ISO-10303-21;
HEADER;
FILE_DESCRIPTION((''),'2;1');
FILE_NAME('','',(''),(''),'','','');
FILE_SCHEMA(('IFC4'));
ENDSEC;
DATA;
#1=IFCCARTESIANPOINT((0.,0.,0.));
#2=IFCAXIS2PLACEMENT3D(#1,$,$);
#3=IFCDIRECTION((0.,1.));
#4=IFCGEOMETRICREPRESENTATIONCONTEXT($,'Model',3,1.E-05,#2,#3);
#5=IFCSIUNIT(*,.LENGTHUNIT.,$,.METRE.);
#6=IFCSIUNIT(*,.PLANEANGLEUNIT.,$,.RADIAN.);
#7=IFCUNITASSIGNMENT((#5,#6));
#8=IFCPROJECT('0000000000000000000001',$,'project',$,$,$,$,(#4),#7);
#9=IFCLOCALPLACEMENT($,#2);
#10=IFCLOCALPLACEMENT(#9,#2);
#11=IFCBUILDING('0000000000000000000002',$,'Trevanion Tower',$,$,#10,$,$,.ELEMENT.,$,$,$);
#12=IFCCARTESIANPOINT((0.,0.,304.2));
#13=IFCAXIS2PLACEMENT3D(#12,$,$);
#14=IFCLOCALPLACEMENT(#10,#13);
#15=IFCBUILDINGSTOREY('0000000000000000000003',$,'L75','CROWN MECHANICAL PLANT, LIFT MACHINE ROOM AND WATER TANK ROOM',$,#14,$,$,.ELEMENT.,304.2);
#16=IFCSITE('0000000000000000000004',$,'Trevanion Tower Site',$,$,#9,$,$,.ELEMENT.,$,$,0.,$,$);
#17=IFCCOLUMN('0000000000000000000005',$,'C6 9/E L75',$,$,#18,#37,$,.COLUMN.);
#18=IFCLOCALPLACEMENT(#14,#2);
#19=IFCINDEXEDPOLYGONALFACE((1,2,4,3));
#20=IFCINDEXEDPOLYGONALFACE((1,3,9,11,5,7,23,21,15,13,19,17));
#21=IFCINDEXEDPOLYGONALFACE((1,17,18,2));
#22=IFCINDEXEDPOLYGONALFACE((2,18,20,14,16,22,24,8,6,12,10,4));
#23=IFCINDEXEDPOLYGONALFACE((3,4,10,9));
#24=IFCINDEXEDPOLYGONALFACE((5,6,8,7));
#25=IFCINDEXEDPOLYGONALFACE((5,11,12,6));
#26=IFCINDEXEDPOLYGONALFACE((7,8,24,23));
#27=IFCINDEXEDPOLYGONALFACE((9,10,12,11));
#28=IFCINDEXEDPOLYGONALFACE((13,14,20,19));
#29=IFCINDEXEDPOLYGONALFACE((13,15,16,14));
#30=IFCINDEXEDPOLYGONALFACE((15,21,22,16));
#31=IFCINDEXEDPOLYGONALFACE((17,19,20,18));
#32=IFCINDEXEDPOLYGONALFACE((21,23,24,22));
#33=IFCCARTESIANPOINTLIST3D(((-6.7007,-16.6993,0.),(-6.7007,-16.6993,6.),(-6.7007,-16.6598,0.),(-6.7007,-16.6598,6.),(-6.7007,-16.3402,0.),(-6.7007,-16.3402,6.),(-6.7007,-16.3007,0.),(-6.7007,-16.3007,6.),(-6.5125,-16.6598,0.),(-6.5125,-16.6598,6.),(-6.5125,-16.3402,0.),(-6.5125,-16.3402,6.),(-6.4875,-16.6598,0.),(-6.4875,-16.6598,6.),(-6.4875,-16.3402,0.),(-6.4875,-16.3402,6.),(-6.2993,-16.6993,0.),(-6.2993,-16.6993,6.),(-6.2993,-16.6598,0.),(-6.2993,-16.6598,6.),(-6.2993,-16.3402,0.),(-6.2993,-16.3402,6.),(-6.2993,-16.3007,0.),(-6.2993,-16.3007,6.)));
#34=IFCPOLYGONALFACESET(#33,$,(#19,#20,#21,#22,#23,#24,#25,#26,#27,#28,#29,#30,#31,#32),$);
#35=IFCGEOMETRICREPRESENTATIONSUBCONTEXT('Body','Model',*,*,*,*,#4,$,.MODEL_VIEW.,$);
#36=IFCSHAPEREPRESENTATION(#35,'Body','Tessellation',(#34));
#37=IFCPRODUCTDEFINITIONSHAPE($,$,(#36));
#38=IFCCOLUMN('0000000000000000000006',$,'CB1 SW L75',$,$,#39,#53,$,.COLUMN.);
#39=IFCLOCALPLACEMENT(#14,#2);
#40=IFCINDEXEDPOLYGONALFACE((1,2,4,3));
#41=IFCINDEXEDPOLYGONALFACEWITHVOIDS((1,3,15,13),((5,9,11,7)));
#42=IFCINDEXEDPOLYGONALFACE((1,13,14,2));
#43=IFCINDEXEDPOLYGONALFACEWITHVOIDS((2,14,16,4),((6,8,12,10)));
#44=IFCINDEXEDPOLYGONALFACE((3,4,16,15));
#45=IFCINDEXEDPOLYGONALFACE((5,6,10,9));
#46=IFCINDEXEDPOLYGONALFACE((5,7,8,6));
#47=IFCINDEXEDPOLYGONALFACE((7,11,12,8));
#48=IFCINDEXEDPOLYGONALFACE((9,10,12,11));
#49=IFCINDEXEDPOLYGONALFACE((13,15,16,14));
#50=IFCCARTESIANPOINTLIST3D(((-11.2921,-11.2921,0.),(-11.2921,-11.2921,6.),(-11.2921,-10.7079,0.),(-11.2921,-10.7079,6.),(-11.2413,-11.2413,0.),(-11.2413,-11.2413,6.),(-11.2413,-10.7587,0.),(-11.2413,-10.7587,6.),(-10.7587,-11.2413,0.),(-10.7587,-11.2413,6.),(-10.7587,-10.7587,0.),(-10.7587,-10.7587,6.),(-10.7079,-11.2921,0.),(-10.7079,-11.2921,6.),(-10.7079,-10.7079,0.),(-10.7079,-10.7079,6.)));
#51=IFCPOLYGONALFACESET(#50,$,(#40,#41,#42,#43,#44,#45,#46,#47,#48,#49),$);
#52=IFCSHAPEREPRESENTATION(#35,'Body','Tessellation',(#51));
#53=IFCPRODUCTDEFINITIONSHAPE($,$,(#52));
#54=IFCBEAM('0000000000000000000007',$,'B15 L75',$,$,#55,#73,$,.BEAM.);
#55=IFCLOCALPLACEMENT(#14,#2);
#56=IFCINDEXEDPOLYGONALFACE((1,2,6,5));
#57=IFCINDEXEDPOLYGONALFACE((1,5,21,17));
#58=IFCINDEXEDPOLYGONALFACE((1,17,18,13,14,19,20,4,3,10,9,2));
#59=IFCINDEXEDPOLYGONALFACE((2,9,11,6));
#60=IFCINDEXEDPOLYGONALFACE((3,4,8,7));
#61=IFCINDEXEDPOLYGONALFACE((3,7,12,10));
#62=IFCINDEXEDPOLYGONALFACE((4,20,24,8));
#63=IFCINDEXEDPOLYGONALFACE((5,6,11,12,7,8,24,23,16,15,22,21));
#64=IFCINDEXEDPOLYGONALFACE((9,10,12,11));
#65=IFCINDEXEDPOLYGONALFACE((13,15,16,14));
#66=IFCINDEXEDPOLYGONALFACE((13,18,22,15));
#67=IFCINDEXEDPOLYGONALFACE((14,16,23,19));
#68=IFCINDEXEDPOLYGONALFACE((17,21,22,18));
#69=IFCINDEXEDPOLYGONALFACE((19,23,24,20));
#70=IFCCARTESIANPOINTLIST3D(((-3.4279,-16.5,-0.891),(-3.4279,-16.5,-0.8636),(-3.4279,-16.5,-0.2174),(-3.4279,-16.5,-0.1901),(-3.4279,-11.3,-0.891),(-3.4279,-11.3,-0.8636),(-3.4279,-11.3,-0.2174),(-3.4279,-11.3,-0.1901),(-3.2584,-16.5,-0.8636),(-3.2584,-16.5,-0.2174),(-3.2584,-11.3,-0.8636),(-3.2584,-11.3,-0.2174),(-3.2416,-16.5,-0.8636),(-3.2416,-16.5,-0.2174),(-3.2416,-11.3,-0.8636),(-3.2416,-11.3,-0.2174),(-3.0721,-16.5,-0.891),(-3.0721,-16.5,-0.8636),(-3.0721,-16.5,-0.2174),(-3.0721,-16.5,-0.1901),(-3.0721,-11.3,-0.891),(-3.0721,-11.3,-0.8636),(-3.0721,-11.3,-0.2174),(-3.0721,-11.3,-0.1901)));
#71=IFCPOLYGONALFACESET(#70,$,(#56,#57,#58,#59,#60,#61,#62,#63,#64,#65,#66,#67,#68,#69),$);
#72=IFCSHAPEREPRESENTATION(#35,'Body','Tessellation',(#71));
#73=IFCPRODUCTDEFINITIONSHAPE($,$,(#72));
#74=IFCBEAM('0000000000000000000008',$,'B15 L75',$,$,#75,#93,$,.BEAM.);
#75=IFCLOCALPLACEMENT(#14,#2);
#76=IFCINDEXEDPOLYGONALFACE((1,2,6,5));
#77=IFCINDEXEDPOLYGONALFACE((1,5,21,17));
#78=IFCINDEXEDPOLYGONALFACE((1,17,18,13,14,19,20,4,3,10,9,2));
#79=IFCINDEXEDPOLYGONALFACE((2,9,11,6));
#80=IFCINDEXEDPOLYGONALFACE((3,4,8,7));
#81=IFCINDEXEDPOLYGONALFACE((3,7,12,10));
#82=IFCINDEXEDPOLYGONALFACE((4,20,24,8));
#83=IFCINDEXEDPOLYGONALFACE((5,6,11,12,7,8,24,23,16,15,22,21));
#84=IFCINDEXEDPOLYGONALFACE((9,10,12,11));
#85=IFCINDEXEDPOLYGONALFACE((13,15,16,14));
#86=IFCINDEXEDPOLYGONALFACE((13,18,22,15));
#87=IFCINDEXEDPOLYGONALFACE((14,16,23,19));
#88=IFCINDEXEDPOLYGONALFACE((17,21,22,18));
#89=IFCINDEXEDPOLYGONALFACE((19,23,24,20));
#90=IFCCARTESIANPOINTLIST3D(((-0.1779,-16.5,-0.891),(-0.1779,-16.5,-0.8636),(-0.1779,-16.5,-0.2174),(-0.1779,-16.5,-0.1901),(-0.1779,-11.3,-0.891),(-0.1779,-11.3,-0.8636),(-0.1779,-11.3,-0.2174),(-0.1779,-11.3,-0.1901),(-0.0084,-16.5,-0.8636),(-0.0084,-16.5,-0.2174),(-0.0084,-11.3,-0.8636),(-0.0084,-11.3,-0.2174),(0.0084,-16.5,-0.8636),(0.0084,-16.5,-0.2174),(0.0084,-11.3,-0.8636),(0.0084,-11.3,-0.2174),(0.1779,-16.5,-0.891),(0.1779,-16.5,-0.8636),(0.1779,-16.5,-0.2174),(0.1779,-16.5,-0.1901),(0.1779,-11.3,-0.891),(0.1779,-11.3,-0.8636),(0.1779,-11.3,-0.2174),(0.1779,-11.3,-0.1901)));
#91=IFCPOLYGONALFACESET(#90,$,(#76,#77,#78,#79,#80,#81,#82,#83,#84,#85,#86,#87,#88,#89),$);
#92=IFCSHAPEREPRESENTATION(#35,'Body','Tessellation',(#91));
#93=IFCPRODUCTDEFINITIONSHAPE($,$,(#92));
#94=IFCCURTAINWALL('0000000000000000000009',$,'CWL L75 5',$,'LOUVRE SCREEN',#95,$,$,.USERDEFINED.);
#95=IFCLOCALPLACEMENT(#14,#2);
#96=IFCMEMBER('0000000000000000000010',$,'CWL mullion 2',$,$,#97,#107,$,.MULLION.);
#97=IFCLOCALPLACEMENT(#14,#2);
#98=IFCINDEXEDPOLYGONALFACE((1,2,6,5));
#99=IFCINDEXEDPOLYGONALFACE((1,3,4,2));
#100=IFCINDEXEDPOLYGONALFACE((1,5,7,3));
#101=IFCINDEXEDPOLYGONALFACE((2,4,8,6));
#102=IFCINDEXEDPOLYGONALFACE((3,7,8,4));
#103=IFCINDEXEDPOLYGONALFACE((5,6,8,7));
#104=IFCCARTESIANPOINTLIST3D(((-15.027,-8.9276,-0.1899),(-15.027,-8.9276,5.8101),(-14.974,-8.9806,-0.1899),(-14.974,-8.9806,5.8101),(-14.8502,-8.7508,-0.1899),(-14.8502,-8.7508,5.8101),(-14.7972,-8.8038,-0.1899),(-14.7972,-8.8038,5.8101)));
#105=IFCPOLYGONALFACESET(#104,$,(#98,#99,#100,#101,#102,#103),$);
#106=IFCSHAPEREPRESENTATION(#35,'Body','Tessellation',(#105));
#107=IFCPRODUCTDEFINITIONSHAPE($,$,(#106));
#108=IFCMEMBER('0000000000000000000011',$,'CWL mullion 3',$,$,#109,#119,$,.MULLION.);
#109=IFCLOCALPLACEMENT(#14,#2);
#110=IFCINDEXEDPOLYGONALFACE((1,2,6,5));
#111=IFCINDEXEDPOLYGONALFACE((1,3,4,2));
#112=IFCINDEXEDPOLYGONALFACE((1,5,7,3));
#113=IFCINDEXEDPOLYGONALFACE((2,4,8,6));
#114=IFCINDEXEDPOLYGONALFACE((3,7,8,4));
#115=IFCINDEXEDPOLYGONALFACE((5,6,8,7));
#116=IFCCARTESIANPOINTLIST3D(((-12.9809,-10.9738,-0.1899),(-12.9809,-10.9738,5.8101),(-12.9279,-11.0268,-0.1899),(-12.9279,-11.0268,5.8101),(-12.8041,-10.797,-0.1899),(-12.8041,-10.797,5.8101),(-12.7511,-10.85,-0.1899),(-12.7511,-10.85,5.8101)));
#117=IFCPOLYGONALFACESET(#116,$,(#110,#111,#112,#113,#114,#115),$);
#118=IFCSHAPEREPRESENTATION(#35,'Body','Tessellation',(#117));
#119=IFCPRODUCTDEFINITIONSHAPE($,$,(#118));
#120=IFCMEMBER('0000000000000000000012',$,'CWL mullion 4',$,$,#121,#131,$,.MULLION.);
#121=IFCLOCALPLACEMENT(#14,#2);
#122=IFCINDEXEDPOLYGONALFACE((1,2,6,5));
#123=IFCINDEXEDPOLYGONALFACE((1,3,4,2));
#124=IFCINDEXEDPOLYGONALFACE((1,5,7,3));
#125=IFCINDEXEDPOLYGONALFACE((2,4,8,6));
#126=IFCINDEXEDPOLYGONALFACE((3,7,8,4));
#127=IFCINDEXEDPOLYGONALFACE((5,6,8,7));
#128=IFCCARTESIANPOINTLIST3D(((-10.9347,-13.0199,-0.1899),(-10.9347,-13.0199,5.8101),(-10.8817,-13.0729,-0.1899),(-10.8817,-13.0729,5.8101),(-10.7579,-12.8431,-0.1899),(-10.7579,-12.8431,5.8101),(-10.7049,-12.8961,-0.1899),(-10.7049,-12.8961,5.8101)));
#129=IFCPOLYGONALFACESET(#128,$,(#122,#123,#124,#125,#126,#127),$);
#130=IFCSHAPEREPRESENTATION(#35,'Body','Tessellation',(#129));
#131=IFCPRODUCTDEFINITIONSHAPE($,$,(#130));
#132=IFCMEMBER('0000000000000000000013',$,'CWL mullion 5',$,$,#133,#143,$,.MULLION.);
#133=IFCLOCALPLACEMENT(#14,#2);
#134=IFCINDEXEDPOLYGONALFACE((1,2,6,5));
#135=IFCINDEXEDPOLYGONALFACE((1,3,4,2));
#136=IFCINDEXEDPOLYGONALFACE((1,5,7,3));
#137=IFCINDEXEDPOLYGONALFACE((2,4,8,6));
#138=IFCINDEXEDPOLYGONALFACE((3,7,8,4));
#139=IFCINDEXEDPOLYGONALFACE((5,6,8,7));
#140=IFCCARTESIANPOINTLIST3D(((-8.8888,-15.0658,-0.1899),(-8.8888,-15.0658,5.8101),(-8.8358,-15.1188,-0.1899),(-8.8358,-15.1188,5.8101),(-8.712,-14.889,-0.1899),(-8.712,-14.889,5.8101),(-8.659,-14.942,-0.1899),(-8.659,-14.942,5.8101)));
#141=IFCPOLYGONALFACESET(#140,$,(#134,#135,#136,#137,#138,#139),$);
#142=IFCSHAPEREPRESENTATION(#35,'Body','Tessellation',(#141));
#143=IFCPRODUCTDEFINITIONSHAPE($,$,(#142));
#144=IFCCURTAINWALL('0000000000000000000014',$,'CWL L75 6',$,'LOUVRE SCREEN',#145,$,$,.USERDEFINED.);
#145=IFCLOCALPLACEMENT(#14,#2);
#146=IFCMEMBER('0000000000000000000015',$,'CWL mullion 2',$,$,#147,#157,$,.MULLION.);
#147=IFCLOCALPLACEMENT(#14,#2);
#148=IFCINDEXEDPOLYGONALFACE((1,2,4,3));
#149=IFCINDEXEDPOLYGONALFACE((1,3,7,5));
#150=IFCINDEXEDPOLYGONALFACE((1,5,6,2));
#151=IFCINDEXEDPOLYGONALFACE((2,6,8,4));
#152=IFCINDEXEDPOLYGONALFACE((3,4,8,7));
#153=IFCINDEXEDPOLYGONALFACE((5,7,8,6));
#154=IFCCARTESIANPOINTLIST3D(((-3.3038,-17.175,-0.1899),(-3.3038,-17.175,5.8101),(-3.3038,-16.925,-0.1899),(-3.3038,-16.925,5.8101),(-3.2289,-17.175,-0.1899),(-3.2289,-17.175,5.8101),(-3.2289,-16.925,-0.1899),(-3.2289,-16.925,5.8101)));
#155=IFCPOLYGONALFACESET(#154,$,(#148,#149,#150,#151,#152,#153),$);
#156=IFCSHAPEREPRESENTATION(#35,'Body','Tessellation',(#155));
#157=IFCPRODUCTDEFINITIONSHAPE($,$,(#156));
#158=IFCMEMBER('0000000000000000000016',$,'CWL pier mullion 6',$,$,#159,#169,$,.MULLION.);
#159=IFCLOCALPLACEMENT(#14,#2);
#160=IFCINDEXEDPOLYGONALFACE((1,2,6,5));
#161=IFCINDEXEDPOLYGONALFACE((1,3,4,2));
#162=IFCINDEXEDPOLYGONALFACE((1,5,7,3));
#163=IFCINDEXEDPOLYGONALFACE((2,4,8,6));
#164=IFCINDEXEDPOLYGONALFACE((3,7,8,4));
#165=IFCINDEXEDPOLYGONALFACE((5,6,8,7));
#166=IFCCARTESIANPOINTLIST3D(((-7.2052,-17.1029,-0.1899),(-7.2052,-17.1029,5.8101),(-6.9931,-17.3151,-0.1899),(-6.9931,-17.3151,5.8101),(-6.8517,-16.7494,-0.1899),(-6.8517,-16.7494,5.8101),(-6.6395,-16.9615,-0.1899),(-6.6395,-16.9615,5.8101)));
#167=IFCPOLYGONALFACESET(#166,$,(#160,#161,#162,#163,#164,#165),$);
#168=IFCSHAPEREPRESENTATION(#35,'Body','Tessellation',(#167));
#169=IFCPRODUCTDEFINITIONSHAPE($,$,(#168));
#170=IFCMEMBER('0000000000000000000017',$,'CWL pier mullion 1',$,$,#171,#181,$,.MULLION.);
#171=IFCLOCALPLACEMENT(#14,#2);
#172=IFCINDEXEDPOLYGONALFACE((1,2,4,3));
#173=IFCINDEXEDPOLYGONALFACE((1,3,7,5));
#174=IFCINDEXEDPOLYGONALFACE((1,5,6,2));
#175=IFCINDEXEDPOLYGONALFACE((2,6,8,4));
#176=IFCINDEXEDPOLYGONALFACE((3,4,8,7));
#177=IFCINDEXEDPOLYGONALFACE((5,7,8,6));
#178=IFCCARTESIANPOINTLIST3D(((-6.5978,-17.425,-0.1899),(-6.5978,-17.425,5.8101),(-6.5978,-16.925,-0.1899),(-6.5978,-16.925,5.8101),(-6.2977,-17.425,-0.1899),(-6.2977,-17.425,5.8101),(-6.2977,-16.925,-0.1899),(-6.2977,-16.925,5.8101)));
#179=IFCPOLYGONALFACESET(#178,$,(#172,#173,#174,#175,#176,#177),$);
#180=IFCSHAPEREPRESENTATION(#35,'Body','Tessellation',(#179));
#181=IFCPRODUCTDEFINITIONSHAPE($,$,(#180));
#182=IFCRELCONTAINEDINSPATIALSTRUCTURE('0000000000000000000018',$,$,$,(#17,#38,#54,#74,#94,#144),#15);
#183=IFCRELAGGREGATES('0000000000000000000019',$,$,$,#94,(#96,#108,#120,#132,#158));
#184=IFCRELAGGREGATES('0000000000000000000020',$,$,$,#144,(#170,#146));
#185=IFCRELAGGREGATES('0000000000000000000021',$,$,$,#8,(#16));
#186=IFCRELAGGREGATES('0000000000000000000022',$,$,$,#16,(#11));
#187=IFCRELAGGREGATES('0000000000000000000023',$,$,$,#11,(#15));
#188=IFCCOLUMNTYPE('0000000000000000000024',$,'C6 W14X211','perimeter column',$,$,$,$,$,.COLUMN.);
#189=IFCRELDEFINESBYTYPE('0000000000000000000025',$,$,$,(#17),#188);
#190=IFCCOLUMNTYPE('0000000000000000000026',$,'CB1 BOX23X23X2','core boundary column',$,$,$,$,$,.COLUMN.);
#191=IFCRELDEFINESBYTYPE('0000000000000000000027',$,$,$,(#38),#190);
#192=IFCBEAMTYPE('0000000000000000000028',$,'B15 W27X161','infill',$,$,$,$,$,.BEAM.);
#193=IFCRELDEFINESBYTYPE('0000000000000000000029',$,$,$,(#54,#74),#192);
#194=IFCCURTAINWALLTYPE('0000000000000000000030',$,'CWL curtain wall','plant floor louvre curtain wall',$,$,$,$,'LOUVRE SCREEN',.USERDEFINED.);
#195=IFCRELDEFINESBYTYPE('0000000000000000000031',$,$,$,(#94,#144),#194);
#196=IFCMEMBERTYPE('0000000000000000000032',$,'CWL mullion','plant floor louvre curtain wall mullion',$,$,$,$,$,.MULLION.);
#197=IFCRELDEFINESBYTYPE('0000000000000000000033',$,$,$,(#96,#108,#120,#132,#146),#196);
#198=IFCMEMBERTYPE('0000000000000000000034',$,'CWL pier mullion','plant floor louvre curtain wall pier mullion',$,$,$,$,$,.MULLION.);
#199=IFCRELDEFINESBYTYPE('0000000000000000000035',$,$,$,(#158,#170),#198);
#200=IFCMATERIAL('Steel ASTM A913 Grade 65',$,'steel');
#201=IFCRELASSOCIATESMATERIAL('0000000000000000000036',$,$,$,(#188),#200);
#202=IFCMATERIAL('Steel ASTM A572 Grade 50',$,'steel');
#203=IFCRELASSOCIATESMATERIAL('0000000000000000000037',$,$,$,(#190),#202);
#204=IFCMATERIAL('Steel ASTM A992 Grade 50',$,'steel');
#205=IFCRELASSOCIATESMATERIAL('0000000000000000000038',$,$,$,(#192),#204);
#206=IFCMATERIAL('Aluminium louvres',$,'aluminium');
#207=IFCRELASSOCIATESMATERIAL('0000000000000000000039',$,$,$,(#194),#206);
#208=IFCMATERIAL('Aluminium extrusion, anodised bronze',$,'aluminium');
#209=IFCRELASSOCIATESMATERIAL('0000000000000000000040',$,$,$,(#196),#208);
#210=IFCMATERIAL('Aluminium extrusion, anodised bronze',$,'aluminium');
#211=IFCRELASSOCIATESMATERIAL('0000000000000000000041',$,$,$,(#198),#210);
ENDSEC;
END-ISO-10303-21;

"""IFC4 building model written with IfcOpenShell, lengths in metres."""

from ifc_helpers import new_model, si_unit, direction, frame, origin, origin_2d, place, context, subcontext, project, spatial, rectangle, hollow_rectangle, i_section, extrude, material, material_profile, profile_set, type_object, element, aggregate, save


model = new_model("IFC4")

# Units and contexts
model_context = context("Model", 3, precision=1e-05, world=origin(), true_north=direction((0.0, 1.0)))
body_context = subcontext(model_context, "Body", "Model", "MODEL_VIEW")
ifc_project = project(units=[si_unit("LENGTHUNIT", "METRE"), si_unit("PLANEANGLEUNIT", "RADIAN")], contexts=[model_context])

# Site, building, storey
site_placement = place(None, origin())
site = spatial("IfcSite", under=ifc_project, at=site_placement, Name="Trevanion Tower Site", CompositionType="ELEMENT", RefElevation=0.0)
building_placement = place(site_placement, origin())
building = spatial("IfcBuilding", under=site, at=building_placement, Name="Trevanion Tower", CompositionType="ELEMENT")
storey_placement = place(building_placement, frame((0.0, 0.0, 304.2)))
storey = spatial("IfcBuildingStorey", under=building, at=storey_placement, Name="L75", Description="CROWN MECHANICAL PLANT, LIFT MACHINE ROOM AND WATER TANK ROOM", CompositionType="ELEMENT", Elevation=304.2)

# Columns
ifc_material_1 = material(Name="Steel ASTM A913 Grade 65", Category="steel")
ifc_material_profile_1 = material_profile(ifc_material_1, i_section(OverallWidth=0.4014, OverallDepth=0.3987, WebThickness=0.0249, FlangeThickness=0.0396, at=origin_2d()), Name="W14X211")
ifc_profile_set_1 = profile_set([ifc_material_profile_1], Name="Steel ASTM A913 Grade 65")
column_type_1 = type_object("IfcColumnType", Name="C6 W14X211", Description="perimeter column", PredefinedType="COLUMN", material=ifc_profile_set_1)
column_1_placement = place(storey_placement, frame((-6.5, -16.5, 0.0), z_axis=(0.0, 0.0, 1.0), x_axis=(1.0, 0.0, 0.0)))
element("IfcColumn", 1, at=column_1_placement, inside=storey, type_object=column_type_1, Name="C6 9/E L75", PredefinedType="COLUMN", context=body_context, shape_type="SweptSolid", body=[
    extrude(i_section(OverallWidth=0.4014, OverallDepth=0.3987, WebThickness=0.0249, FlangeThickness=0.0396, at=origin_2d()), origin(), (0.0, 0.0, 1.0), 6.0),
])
ifc_material_2 = material(Name="Steel ASTM A572 Grade 50", Category="steel")
ifc_material_profile_2 = material_profile(ifc_material_2, hollow_rectangle(XDim=0.5842, YDim=0.5842, WallThickness=0.0508, at=origin_2d()), Name="BOX23X23X2")
ifc_profile_set_2 = profile_set([ifc_material_profile_2], Name="Steel ASTM A572 Grade 50")
column_type_2 = type_object("IfcColumnType", Name="CB1 BOX23X23X2", Description="core boundary column", PredefinedType="COLUMN", material=ifc_profile_set_2)
column_2_placement = place(storey_placement, frame((-11.0, -11.0, 0.0), z_axis=(0.0, 0.0, 1.0), x_axis=(1.0, 0.0, 0.0)))
element("IfcColumn", 2, at=column_2_placement, inside=storey, type_object=column_type_2, Name="CB1 SW L75", PredefinedType="COLUMN", context=body_context, shape_type="SweptSolid", body=[
    extrude(hollow_rectangle(XDim=0.5842, YDim=0.5842, WallThickness=0.0508, at=origin_2d()), origin(), (0.0, 0.0, 1.0), 6.0),
])

# Beams
ifc_material_3 = material(Name="Steel ASTM A992 Grade 50", Category="steel")
ifc_material_profile_3 = material_profile(ifc_material_3, i_section(OverallWidth=0.3557, OverallDepth=0.7009, WebThickness=0.0168, FlangeThickness=0.0273, at=origin_2d()), Name="W27X161")
ifc_profile_set_3 = profile_set([ifc_material_profile_3], Name="Steel ASTM A992 Grade 50")
beam_type_1 = type_object("IfcBeamType", Name="B15 W27X161", Description="infill", PredefinedType="BEAM", material=ifc_profile_set_3)
for number, where, z_axis, x_axis, name in (
    (3, (-3.25, -11.3, -0.5405), (0.0, -1.0, 0.0), (1.0, 0.0, 0.0), "B15 L75"),
    (4, (0.0, -11.3, -0.5405), (0.0, -1.0, 0.0), (1.0, 0.0, 0.0), "B15 L75"),
):
    element("IfcBeam", number, at=place(storey_placement, frame(where, z_axis=z_axis, x_axis=x_axis)), inside=storey, type_object=beam_type_1, Name=name, PredefinedType="BEAM", context=body_context, shape_type="SweptSolid", body=[
        extrude(i_section(OverallWidth=0.3557, OverallDepth=0.7009, WebThickness=0.0168, FlangeThickness=0.0273, at=origin_2d()), origin(), (0.0, 0.0, 1.0), 5.2),
    ])

# Curtain wall, members
ifc_material_4 = material(Name="Aluminium louvres", Category="aluminium")
curtain_wall_type = type_object("IfcCurtainWallType", Name="CWL curtain wall", Description="plant floor louvre curtain wall", ElementType="LOUVRE SCREEN", PredefinedType="USERDEFINED", material=ifc_material_4)
curtain_wall_1_placement = place(storey_placement, origin())
curtain_wall_1 = element("IfcCurtainWall", 5, at=curtain_wall_1_placement, inside=storey, type_object=curtain_wall_type, Name="CWL L75 5", ObjectType="LOUVRE SCREEN", PredefinedType="USERDEFINED")
ifc_material_5 = material(Name="Aluminium extrusion, anodised bronze", Category="aluminium")
ifc_material_profile_4 = material_profile(ifc_material_5, rectangle(XDim=0.075, YDim=0.25, at=origin_2d()), Name="CWL mullion")
ifc_profile_set_4 = profile_set([ifc_material_profile_4], Name="Aluminium extrusion, anodised bronze")
member_type_1 = type_object("IfcMemberType", Name="CWL mullion", Description="plant floor louvre curtain wall mullion", PredefinedType="MULLION", material=ifc_profile_set_4)
member_1_placement = place(storey_placement, frame((-14.9121, -8.8657, -0.1899), z_axis=(0.0, 0.0, 1.0), x_axis=(0.707107, -0.707107, 0.0)))
member_1 = element("IfcMember", 6, at=member_1_placement, type_object=member_type_1, Name="CWL mullion 2", PredefinedType="MULLION", context=body_context, shape_type="SweptSolid", body=[
    extrude(rectangle(XDim=0.075, YDim=0.25, at=origin_2d()), origin(), (0.0, 0.0, 1.0), 6.0),
])
member_2_placement = place(storey_placement, frame((-12.866, -10.9119, -0.1899), z_axis=(0.0, 0.0, 1.0), x_axis=(0.707107, -0.707107, 0.0)))
member_2 = element("IfcMember", 7, at=member_2_placement, type_object=member_type_1, Name="CWL mullion 3", PredefinedType="MULLION", context=body_context, shape_type="SweptSolid", body=[
    extrude(rectangle(XDim=0.075, YDim=0.25, at=origin_2d()), origin(), (0.0, 0.0, 1.0), 6.0),
])
member_3_placement = place(storey_placement, frame((-10.8198, -12.958, -0.1899), z_axis=(0.0, 0.0, 1.0), x_axis=(0.707107, -0.707107, 0.0)))
member_3 = element("IfcMember", 8, at=member_3_placement, type_object=member_type_1, Name="CWL mullion 4", PredefinedType="MULLION", context=body_context, shape_type="SweptSolid", body=[
    extrude(rectangle(XDim=0.075, YDim=0.25, at=origin_2d()), origin(), (0.0, 0.0, 1.0), 6.0),
])
member_4_placement = place(storey_placement, frame((-8.7739, -15.0039, -0.1899), z_axis=(0.0, 0.0, 1.0), x_axis=(0.707107, -0.707107, 0.0)))
member_4 = element("IfcMember", 9, at=member_4_placement, type_object=member_type_1, Name="CWL mullion 5", PredefinedType="MULLION", context=body_context, shape_type="SweptSolid", body=[
    extrude(rectangle(XDim=0.075, YDim=0.25, at=origin_2d()), origin(), (0.0, 0.0, 1.0), 6.0),
])

# Curtain wall, member
curtain_wall_2_placement = place(storey_placement, origin())
curtain_wall_2 = element("IfcCurtainWall", 10, at=curtain_wall_2_placement, inside=storey, type_object=curtain_wall_type, Name="CWL L75 6", ObjectType="LOUVRE SCREEN", PredefinedType="USERDEFINED")
member_5_placement = place(storey_placement, frame((-3.2664, -17.05, -0.1899), z_axis=(0.0, 0.0, 1.0), x_axis=(1.0, 0.0, 0.0)))
member_5 = element("IfcMember", 11, at=member_5_placement, type_object=member_type_1, Name="CWL mullion 2", PredefinedType="MULLION", context=body_context, shape_type="SweptSolid", body=[
    extrude(rectangle(XDim=0.075, YDim=0.25, at=origin_2d()), origin(), (0.0, 0.0, 1.0), 6.0),
])

# Members
ifc_material_6 = material(Name="Aluminium extrusion, anodised bronze", Category="aluminium")
ifc_material_profile_5 = material_profile(ifc_material_6, rectangle(XDim=0.3, YDim=0.5, at=origin_2d()), Name="CWL pier mullion")
ifc_profile_set_5 = profile_set([ifc_material_profile_5], Name="Aluminium extrusion, anodised bronze")
member_type_2 = type_object("IfcMemberType", Name="CWL pier mullion", Description="plant floor louvre curtain wall pier mullion", PredefinedType="MULLION", material=ifc_profile_set_5)
member_6_placement = place(storey_placement, frame((-6.9224, -17.0322, -0.1899), z_axis=(0.0, 0.0, 1.0), x_axis=(0.707107, -0.707107, 0.0)))
member_6 = element("IfcMember", 12, at=member_6_placement, type_object=member_type_2, Name="CWL pier mullion 6", PredefinedType="MULLION", context=body_context, shape_type="SweptSolid", body=[
    extrude(rectangle(XDim=0.3, YDim=0.5, at=origin_2d()), origin(), (0.0, 0.0, 1.0), 6.0),
])
member_7_placement = place(storey_placement, frame((-6.4478, -17.175, -0.1899), z_axis=(0.0, 0.0, 1.0), x_axis=(1.0, 0.0, 0.0)))
member_7 = element("IfcMember", 13, at=member_7_placement, type_object=member_type_2, Name="CWL pier mullion 1", PredefinedType="MULLION", context=body_context, shape_type="SweptSolid", body=[
    extrude(rectangle(XDim=0.3, YDim=0.5, at=origin_2d()), origin(), (0.0, 0.0, 1.0), 6.0),
])

aggregate(curtain_wall_1, [member_1, member_2, member_3, member_4, member_6])
aggregate(curtain_wall_2, [member_7, member_5])

save(model, "model.ifc")
